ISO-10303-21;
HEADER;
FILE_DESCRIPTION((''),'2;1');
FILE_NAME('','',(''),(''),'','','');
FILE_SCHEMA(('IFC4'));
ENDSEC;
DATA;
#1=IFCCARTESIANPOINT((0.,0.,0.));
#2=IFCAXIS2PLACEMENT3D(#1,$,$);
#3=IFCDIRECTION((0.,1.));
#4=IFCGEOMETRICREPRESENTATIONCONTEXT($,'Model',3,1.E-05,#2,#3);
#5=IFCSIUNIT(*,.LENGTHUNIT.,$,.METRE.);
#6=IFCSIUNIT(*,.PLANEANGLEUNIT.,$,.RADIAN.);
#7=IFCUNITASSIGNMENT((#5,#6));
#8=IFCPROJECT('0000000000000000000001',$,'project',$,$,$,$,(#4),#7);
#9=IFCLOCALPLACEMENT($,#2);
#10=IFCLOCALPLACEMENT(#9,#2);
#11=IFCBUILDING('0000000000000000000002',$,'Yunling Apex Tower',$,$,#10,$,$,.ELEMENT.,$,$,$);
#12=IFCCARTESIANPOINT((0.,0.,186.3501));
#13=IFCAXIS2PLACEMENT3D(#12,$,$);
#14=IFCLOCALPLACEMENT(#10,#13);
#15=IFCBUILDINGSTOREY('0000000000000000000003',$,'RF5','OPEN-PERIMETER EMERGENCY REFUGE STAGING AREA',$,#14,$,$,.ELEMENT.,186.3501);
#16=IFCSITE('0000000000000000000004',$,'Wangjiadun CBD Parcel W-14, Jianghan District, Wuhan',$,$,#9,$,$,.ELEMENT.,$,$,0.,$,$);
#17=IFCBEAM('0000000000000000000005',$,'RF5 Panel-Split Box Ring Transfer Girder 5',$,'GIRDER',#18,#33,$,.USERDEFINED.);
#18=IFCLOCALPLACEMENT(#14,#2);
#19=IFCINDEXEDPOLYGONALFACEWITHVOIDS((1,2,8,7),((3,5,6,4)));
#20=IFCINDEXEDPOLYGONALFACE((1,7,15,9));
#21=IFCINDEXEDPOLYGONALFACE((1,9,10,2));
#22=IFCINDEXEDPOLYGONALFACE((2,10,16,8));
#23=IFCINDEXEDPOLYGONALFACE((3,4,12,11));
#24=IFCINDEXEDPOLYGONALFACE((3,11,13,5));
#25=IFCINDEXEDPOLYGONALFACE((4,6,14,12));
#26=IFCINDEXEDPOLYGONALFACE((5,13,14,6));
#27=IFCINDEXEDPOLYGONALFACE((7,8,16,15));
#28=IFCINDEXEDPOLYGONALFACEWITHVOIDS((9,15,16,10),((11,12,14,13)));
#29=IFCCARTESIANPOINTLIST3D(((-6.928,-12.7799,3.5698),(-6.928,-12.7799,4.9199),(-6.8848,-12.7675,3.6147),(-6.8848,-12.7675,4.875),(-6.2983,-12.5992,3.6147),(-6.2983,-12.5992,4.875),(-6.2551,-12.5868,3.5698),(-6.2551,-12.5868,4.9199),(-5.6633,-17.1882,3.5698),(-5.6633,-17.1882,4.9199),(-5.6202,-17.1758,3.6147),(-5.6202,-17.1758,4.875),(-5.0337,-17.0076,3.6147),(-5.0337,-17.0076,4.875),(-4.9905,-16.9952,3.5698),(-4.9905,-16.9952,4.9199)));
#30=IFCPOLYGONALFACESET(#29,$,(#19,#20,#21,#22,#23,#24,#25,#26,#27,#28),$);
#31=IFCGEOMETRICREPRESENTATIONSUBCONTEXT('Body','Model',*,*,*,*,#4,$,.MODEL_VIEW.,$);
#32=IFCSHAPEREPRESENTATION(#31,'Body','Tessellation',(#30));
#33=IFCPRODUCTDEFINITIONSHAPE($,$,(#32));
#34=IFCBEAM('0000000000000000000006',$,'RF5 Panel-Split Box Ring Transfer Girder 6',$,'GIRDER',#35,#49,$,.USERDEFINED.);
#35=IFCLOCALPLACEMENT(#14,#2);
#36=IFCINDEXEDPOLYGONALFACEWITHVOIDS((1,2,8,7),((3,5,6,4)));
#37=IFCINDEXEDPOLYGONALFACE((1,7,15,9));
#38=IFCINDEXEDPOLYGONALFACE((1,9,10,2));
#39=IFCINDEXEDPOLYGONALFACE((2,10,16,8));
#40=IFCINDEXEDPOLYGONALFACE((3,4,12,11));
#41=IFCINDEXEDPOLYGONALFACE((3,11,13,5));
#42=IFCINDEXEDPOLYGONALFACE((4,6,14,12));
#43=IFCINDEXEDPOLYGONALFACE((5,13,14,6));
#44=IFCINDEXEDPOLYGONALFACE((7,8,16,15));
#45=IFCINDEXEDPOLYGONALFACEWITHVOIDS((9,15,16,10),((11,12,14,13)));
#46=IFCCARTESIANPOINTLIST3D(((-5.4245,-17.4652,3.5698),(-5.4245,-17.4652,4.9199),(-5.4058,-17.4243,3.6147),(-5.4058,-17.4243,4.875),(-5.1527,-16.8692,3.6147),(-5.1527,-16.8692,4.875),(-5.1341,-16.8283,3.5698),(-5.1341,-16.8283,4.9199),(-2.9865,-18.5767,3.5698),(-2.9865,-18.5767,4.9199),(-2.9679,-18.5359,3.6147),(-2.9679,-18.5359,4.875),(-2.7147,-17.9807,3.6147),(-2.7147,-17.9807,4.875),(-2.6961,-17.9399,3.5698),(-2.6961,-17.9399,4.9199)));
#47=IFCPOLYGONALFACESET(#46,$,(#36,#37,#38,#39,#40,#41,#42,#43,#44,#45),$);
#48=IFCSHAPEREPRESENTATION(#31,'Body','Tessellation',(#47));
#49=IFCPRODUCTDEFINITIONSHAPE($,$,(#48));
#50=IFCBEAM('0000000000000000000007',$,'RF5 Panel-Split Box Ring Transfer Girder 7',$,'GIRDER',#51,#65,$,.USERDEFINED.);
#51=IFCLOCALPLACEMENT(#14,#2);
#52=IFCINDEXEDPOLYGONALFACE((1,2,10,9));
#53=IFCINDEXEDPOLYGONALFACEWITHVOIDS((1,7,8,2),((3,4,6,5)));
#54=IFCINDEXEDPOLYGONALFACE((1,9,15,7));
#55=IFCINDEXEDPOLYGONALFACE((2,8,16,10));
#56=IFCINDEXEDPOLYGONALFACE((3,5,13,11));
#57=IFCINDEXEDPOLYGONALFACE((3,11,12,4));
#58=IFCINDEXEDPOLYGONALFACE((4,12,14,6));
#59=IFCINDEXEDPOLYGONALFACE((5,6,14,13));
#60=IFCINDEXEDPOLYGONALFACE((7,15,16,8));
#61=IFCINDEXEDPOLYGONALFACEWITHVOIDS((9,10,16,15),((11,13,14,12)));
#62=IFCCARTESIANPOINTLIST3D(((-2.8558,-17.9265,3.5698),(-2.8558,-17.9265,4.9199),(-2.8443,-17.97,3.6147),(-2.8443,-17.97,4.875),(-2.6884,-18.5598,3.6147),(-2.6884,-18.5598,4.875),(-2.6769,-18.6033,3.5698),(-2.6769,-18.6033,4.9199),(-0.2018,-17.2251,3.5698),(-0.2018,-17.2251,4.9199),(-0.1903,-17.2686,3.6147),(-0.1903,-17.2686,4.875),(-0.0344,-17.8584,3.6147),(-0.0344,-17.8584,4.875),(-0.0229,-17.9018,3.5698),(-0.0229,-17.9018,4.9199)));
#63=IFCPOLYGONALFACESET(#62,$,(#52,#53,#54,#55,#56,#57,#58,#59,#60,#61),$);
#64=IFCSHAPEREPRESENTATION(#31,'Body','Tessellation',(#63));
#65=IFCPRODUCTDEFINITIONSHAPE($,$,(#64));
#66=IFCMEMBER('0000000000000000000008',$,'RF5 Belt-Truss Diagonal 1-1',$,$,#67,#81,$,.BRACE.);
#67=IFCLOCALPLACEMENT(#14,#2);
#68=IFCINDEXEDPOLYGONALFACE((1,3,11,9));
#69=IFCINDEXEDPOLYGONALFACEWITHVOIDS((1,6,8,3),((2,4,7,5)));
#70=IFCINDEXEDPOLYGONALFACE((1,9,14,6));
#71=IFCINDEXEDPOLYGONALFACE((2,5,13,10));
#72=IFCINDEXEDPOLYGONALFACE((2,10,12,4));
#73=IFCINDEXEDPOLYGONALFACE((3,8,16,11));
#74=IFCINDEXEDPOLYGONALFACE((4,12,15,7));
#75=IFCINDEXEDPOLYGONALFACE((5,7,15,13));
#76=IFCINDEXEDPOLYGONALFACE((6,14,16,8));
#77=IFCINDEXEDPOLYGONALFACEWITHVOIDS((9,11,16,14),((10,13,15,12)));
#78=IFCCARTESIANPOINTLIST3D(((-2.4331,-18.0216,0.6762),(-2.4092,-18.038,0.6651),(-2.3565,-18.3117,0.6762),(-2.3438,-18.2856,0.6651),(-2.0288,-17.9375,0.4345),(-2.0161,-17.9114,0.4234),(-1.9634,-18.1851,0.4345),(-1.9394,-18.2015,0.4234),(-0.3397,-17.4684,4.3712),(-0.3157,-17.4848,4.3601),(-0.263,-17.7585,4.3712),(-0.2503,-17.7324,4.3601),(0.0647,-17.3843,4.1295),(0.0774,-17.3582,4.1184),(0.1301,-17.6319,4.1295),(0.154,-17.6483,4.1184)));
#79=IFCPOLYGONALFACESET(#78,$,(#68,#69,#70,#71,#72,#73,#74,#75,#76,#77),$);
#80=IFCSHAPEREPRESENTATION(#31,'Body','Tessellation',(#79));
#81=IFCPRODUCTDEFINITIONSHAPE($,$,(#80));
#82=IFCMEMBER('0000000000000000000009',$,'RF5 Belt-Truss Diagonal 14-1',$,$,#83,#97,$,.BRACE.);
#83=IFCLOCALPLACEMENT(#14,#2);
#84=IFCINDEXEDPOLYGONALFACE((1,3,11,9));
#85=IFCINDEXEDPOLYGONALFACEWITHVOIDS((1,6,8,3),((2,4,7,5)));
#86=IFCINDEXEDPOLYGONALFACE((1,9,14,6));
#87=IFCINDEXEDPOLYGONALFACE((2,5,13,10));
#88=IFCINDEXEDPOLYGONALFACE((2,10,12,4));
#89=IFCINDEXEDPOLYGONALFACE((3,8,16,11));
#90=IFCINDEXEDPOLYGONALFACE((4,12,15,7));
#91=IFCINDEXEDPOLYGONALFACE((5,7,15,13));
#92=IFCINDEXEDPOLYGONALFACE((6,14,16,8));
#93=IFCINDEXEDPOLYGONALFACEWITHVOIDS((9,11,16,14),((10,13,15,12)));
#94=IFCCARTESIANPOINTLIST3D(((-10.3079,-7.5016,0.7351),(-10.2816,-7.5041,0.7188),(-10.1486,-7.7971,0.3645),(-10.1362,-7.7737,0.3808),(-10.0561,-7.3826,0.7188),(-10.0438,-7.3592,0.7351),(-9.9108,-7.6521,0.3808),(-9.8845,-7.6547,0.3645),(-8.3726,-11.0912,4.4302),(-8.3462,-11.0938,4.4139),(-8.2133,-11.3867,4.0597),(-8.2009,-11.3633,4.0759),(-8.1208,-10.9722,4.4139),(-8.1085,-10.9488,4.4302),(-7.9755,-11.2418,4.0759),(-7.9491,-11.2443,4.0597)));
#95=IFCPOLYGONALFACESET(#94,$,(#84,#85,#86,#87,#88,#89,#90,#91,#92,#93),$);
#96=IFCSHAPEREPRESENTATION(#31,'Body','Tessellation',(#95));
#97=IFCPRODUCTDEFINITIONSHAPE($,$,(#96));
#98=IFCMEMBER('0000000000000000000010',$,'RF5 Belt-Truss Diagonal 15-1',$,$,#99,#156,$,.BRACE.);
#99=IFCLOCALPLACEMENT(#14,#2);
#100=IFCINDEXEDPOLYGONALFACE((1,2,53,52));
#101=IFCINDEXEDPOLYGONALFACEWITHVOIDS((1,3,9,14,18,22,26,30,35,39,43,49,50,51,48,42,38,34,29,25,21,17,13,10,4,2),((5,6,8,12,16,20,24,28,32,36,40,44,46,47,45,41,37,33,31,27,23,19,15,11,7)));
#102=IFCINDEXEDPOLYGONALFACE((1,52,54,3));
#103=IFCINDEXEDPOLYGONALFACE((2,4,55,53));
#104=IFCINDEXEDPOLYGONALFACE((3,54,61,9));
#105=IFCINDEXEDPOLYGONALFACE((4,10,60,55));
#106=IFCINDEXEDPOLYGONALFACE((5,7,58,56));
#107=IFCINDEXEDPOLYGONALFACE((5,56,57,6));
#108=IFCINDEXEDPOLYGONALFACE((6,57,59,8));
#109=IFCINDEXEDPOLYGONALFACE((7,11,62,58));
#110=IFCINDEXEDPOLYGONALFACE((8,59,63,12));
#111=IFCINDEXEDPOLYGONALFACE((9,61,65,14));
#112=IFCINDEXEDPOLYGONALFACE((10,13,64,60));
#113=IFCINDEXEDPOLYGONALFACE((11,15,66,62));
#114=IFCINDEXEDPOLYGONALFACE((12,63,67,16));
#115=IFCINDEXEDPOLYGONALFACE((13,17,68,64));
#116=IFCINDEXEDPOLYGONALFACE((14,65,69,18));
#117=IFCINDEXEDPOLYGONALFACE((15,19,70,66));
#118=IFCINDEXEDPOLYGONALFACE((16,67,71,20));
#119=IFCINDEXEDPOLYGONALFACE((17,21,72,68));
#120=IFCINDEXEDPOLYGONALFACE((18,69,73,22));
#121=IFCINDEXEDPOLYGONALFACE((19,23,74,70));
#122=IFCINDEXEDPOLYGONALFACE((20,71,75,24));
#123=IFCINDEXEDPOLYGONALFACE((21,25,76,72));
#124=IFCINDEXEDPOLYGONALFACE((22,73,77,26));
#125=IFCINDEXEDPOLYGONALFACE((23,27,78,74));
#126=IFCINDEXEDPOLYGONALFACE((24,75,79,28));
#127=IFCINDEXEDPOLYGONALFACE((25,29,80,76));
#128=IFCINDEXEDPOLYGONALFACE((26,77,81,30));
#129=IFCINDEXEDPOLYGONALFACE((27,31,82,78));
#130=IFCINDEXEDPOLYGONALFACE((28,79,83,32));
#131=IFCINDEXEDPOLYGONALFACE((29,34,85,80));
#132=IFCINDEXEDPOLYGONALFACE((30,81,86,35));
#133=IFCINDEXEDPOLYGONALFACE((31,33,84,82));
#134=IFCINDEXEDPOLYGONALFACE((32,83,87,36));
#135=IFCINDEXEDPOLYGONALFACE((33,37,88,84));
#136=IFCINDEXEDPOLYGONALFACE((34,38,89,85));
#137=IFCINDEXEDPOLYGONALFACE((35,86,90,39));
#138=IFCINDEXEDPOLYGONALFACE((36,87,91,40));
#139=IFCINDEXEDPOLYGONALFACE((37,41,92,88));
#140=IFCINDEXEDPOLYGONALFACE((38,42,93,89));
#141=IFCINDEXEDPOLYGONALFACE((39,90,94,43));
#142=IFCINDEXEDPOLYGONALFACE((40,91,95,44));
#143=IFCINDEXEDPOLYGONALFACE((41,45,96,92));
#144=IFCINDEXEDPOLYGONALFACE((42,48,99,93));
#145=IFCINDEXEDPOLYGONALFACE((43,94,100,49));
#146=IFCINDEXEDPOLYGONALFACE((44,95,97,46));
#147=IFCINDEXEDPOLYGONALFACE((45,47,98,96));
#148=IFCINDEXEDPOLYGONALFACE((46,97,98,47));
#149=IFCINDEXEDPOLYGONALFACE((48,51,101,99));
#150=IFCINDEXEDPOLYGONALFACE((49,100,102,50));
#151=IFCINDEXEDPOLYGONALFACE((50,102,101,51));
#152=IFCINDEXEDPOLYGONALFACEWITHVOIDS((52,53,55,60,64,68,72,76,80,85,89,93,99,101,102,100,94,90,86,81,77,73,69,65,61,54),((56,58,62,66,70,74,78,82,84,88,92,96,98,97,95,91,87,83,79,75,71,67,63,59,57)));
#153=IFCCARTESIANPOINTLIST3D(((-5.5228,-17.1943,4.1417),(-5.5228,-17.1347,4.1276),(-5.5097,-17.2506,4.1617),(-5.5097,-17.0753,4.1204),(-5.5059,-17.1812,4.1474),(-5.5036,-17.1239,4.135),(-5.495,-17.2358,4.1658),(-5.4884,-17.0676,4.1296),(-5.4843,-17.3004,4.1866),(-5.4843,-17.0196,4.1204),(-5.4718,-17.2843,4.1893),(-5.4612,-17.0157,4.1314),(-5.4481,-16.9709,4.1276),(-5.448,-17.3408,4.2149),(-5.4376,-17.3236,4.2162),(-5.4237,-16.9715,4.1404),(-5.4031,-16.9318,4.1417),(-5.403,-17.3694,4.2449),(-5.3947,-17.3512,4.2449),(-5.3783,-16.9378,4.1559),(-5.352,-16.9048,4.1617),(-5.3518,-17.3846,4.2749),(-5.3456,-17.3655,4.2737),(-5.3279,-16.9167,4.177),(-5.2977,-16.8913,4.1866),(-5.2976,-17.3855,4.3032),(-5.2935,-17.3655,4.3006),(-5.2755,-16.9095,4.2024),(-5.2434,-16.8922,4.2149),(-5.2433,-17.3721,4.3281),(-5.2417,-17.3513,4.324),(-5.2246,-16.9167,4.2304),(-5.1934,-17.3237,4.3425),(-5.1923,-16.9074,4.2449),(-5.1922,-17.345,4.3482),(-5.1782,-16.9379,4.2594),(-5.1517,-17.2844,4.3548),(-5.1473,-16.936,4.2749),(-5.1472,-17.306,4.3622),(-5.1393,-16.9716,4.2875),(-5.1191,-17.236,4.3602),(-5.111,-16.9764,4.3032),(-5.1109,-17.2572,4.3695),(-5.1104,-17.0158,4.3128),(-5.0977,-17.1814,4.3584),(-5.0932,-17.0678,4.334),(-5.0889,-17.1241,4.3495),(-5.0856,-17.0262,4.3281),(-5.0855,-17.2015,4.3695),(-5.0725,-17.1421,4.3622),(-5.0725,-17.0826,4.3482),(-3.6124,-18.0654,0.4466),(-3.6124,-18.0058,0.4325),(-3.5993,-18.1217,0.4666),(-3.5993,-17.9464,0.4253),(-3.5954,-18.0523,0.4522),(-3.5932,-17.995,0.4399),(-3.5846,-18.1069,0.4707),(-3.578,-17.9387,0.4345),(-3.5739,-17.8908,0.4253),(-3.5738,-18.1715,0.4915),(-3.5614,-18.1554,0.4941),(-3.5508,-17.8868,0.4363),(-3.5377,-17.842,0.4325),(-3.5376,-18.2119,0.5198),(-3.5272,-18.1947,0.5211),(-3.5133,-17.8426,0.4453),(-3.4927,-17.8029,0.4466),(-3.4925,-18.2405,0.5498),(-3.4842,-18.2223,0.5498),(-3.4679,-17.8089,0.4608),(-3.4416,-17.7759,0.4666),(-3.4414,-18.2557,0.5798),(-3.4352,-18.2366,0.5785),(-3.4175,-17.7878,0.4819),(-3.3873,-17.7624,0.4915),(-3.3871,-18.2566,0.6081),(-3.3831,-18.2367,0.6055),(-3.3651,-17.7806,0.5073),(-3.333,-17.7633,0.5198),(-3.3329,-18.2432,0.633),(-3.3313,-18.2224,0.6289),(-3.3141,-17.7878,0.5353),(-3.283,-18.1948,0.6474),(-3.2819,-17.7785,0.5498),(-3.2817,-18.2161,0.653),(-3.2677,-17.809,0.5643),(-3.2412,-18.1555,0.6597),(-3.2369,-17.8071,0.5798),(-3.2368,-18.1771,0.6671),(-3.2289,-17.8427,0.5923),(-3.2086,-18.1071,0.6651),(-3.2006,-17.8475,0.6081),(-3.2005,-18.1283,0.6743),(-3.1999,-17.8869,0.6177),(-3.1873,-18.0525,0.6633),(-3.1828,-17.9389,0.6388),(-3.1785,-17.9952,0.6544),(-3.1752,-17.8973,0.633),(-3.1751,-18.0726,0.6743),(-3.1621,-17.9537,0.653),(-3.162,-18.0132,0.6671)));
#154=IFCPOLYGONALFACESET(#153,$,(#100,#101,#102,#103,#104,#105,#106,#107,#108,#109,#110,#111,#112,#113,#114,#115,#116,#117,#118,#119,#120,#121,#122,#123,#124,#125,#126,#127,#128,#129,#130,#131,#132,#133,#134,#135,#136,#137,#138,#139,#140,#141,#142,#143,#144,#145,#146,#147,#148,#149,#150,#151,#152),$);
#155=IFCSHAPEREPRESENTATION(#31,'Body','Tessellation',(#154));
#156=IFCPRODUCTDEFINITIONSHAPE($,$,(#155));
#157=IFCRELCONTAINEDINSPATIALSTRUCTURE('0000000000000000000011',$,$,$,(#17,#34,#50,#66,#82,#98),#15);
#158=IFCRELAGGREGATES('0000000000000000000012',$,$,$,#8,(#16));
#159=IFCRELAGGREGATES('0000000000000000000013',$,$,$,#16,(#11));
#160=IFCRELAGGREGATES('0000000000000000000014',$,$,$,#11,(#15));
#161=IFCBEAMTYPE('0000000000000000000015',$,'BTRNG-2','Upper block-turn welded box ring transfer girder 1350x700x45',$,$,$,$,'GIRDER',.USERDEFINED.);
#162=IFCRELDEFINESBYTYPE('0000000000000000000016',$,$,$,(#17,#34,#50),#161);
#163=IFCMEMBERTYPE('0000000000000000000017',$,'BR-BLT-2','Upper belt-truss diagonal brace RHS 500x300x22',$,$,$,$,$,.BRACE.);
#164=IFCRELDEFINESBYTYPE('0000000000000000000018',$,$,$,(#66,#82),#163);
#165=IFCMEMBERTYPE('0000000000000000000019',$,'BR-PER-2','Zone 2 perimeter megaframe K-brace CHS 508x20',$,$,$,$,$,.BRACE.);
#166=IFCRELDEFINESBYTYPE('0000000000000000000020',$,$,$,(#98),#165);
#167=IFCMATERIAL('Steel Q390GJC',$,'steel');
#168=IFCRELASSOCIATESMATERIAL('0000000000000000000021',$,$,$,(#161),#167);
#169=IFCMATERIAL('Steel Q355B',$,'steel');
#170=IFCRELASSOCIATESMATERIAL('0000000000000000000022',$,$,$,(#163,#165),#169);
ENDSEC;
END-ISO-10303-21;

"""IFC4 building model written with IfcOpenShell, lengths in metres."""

from ifc_helpers import new_model, si_unit, direction, frame, origin, origin_2d, place, context, subcontext, project, spatial, hollow_rectangle, hollow_circle, extrude, source, transform, mapped, material, material_profile, profile_set, type_object, element, save


model = new_model("IFC4")

# Units and contexts
model_context = context("Model", 3, precision=1e-05, world=origin(), true_north=direction((0.0, 1.0)))
body_context = subcontext(model_context, "Body", "Model", "MODEL_VIEW")
ifc_project = project(units=[si_unit("LENGTHUNIT", "METRE"), si_unit("PLANEANGLEUNIT", "RADIAN")], contexts=[model_context])

# Site, building, storey
site_placement = place(None, origin())
site = spatial("IfcSite", under=ifc_project, at=site_placement, Name="Wangjiadun CBD Parcel W-14, Jianghan District, Wuhan", CompositionType="ELEMENT", RefElevation=0.0)
building_placement = place(site_placement, origin())
building = spatial("IfcBuilding", under=site, at=building_placement, Name="Yunling Apex Tower", CompositionType="ELEMENT")
storey_placement = place(building_placement, frame((0.0, 0.0, 186.3501)))
storey = spatial("IfcBuildingStorey", under=building, at=storey_placement, Name="RF5", Description="OPEN-PERIMETER EMERGENCY REFUGE STAGING AREA", CompositionType="ELEMENT", Elevation=186.3501)

# Shared definitions
ifc_material_1 = material(Name="Steel Q390GJC", Category="steel")

# Shared definitions
ifc_material_2 = material(Name="Steel Q355B", Category="steel")

# Beams
ifc_material_profile_1 = material_profile(ifc_material_1, hollow_rectangle(XDim=0.7, YDim=1.3501, WallThickness=0.0449, at=origin_2d()))
ifc_profile_set_1 = profile_set([ifc_material_profile_1], Name="Steel Q390GJC")
beam_type = type_object("IfcBeamType", Name="BTRNG-2", Description="Upper block-turn welded box ring transfer girder 1350x700x45", ElementType="GIRDER", PredefinedType="USERDEFINED", material=ifc_profile_set_1)
shared_shape_1 = source(origin(), body_context, "Body", "SweptSolid", [
    extrude(hollow_rectangle(XDim=0.7, YDim=1.3501, WallThickness=0.0449, at=origin_2d()), origin(), (0.0, 0.0, 1.0), 4.5862),
])
beam_1_placement = place(storey_placement, frame((-6.5916, -12.6833, 4.2449), z_axis=(0.275747, -0.96123, 0.0), x_axis=(0.96123, 0.275747, 0.0)))
element("IfcBeam", 1, at=beam_1_placement, inside=storey, type_object=beam_type, Name="RF5 Panel-Split Box Ring Transfer Girder 5", ObjectType="GIRDER", PredefinedType="USERDEFINED", context=body_context, shape_type="MappedRepresentation", body=[
    mapped(shared_shape_1, transform((0.0, 0.0, 0.0), scale=1.0)),
])
shared_shape_2 = source(origin(), body_context, "Body", "SweptSolid", [
    extrude(hollow_rectangle(XDim=0.7, YDim=1.3501, WallThickness=0.0449, at=origin_2d()), origin(), (0.0, 0.0, 1.0), 2.6794),
])
beam_2_placement = place(storey_placement, frame((-5.2793, -17.1467, 4.2449), z_axis=(0.909888, -0.414853, 0.0), x_axis=(0.414853, 0.909888, 0.0)))
element("IfcBeam", 2, at=beam_2_placement, inside=storey, type_object=beam_type, Name="RF5 Panel-Split Box Ring Transfer Girder 6", ObjectType="GIRDER", PredefinedType="USERDEFINED", context=body_context, shape_type="MappedRepresentation", body=[
    mapped(shared_shape_2, transform((0.0, 0.0, 0.0), scale=1.0)),
])
shared_shape_3 = source(origin(), body_context, "Body", "SweptSolid", [
    extrude(hollow_rectangle(XDim=0.7, YDim=1.3501, WallThickness=0.0449, at=origin_2d()), origin(), (0.0, 0.0, 1.0), 2.7451),
])
beam_3_placement = place(storey_placement, frame((-2.7664, -18.2649, 4.2449), z_axis=(0.966807, 0.255509, 0.0), x_axis=(-0.255509, 0.966807, 0.0)))
element("IfcBeam", 3, at=beam_3_placement, inside=storey, type_object=beam_type, Name="RF5 Panel-Split Box Ring Transfer Girder 7", ObjectType="GIRDER", PredefinedType="USERDEFINED", context=body_context, shape_type="MappedRepresentation", body=[
    mapped(shared_shape_3, transform((0.0, 0.0, 0.0), scale=1.0)),
])

# Members
ifc_material_profile_2 = material_profile(ifc_material_2, hollow_rectangle(XDim=0.3, YDim=0.5, WallThickness=0.022, at=origin_2d()))
ifc_profile_set_2 = profile_set([ifc_material_profile_2], Name="Steel Q355B")
member_type_1 = type_object("IfcMemberType", Name="BR-BLT-2", Description="Upper belt-truss diagonal brace RHS 500x300x22", PredefinedType="BRACE", material=ifc_profile_set_2)
shared_shape_4 = source(origin(), body_context, "Body", "SweptSolid", [
    extrude(hollow_rectangle(XDim=0.3, YDim=0.5, WallThickness=0.022, at=origin_2d()), origin(), (0.0, 0.0, 1.0), 4.2827),
])
member_1_placement = place(storey_placement, frame((-2.1863, -18.1116, 0.5498), z_axis=(0.488817, 0.129173, 0.86277), x_axis=(-0.255487, 0.966813, 0.0)))
element("IfcMember", 4, at=member_1_placement, inside=storey, type_object=member_type_1, Name="RF5 Belt-Truss Diagonal 1-1", PredefinedType="BRACE", context=body_context, shape_type="MappedRepresentation", body=[
    mapped(shared_shape_4, transform((0.0, 0.0, 0.0), scale=1.0)),
])
shared_shape_5 = source(origin(), body_context, "Body", "SweptSolid", [
    extrude(hollow_rectangle(XDim=0.3, YDim=0.5, WallThickness=0.022, at=origin_2d()), origin(), (0.0, 0.0, 1.0), 5.5032),
])
member_2_placement = place(storey_placement, frame((-10.0962, -7.5781, 0.5498), z_axis=(0.351675, -0.652286, 0.671452), x_axis=(0.880221, 0.474564, 0.0)))
element("IfcMember", 5, at=member_2_placement, inside=storey, type_object=member_type_1, Name="RF5 Belt-Truss Diagonal 14-1", PredefinedType="BRACE", context=body_context, shape_type="MappedRepresentation", body=[
    mapped(shared_shape_5, transform((0.0, 0.0, 0.0), scale=1.0)),
])
ifc_material_profile_3 = material_profile(ifc_material_2, hollow_circle(Radius=0.2539, WallThickness=0.02, at=origin_2d()))
ifc_profile_set_3 = profile_set([ifc_material_profile_3], Name="Steel Q355B")
member_type_2 = type_object("IfcMemberType", Name="BR-PER-2", Description="Zone 2 perimeter megaframe K-brace CHS 508x20", PredefinedType="BRACE", material=ifc_profile_set_3)
shared_shape_6 = source(origin(), body_context, "Body", "SweptSolid", [
    extrude(hollow_circle(Radius=0.2539, WallThickness=0.02, at=origin_2d()), origin(), (0.0, 0.0, 1.0), 4.25),
])
member_3_placement = place(storey_placement, frame((-3.3872, -18.0095, 0.5498), z_axis=(-0.449513, 0.204966, 0.869441), x_axis=(-0.41488, -0.909876, 0.0)))
element("IfcMember", 6, at=member_3_placement, inside=storey, type_object=member_type_2, Name="RF5 Belt-Truss Diagonal 15-1", PredefinedType="BRACE", context=body_context, shape_type="MappedRepresentation", body=[
    mapped(shared_shape_6, transform((0.0, 0.0, 0.0), scale=1.0)),
])

save(model, "model.ifc")
